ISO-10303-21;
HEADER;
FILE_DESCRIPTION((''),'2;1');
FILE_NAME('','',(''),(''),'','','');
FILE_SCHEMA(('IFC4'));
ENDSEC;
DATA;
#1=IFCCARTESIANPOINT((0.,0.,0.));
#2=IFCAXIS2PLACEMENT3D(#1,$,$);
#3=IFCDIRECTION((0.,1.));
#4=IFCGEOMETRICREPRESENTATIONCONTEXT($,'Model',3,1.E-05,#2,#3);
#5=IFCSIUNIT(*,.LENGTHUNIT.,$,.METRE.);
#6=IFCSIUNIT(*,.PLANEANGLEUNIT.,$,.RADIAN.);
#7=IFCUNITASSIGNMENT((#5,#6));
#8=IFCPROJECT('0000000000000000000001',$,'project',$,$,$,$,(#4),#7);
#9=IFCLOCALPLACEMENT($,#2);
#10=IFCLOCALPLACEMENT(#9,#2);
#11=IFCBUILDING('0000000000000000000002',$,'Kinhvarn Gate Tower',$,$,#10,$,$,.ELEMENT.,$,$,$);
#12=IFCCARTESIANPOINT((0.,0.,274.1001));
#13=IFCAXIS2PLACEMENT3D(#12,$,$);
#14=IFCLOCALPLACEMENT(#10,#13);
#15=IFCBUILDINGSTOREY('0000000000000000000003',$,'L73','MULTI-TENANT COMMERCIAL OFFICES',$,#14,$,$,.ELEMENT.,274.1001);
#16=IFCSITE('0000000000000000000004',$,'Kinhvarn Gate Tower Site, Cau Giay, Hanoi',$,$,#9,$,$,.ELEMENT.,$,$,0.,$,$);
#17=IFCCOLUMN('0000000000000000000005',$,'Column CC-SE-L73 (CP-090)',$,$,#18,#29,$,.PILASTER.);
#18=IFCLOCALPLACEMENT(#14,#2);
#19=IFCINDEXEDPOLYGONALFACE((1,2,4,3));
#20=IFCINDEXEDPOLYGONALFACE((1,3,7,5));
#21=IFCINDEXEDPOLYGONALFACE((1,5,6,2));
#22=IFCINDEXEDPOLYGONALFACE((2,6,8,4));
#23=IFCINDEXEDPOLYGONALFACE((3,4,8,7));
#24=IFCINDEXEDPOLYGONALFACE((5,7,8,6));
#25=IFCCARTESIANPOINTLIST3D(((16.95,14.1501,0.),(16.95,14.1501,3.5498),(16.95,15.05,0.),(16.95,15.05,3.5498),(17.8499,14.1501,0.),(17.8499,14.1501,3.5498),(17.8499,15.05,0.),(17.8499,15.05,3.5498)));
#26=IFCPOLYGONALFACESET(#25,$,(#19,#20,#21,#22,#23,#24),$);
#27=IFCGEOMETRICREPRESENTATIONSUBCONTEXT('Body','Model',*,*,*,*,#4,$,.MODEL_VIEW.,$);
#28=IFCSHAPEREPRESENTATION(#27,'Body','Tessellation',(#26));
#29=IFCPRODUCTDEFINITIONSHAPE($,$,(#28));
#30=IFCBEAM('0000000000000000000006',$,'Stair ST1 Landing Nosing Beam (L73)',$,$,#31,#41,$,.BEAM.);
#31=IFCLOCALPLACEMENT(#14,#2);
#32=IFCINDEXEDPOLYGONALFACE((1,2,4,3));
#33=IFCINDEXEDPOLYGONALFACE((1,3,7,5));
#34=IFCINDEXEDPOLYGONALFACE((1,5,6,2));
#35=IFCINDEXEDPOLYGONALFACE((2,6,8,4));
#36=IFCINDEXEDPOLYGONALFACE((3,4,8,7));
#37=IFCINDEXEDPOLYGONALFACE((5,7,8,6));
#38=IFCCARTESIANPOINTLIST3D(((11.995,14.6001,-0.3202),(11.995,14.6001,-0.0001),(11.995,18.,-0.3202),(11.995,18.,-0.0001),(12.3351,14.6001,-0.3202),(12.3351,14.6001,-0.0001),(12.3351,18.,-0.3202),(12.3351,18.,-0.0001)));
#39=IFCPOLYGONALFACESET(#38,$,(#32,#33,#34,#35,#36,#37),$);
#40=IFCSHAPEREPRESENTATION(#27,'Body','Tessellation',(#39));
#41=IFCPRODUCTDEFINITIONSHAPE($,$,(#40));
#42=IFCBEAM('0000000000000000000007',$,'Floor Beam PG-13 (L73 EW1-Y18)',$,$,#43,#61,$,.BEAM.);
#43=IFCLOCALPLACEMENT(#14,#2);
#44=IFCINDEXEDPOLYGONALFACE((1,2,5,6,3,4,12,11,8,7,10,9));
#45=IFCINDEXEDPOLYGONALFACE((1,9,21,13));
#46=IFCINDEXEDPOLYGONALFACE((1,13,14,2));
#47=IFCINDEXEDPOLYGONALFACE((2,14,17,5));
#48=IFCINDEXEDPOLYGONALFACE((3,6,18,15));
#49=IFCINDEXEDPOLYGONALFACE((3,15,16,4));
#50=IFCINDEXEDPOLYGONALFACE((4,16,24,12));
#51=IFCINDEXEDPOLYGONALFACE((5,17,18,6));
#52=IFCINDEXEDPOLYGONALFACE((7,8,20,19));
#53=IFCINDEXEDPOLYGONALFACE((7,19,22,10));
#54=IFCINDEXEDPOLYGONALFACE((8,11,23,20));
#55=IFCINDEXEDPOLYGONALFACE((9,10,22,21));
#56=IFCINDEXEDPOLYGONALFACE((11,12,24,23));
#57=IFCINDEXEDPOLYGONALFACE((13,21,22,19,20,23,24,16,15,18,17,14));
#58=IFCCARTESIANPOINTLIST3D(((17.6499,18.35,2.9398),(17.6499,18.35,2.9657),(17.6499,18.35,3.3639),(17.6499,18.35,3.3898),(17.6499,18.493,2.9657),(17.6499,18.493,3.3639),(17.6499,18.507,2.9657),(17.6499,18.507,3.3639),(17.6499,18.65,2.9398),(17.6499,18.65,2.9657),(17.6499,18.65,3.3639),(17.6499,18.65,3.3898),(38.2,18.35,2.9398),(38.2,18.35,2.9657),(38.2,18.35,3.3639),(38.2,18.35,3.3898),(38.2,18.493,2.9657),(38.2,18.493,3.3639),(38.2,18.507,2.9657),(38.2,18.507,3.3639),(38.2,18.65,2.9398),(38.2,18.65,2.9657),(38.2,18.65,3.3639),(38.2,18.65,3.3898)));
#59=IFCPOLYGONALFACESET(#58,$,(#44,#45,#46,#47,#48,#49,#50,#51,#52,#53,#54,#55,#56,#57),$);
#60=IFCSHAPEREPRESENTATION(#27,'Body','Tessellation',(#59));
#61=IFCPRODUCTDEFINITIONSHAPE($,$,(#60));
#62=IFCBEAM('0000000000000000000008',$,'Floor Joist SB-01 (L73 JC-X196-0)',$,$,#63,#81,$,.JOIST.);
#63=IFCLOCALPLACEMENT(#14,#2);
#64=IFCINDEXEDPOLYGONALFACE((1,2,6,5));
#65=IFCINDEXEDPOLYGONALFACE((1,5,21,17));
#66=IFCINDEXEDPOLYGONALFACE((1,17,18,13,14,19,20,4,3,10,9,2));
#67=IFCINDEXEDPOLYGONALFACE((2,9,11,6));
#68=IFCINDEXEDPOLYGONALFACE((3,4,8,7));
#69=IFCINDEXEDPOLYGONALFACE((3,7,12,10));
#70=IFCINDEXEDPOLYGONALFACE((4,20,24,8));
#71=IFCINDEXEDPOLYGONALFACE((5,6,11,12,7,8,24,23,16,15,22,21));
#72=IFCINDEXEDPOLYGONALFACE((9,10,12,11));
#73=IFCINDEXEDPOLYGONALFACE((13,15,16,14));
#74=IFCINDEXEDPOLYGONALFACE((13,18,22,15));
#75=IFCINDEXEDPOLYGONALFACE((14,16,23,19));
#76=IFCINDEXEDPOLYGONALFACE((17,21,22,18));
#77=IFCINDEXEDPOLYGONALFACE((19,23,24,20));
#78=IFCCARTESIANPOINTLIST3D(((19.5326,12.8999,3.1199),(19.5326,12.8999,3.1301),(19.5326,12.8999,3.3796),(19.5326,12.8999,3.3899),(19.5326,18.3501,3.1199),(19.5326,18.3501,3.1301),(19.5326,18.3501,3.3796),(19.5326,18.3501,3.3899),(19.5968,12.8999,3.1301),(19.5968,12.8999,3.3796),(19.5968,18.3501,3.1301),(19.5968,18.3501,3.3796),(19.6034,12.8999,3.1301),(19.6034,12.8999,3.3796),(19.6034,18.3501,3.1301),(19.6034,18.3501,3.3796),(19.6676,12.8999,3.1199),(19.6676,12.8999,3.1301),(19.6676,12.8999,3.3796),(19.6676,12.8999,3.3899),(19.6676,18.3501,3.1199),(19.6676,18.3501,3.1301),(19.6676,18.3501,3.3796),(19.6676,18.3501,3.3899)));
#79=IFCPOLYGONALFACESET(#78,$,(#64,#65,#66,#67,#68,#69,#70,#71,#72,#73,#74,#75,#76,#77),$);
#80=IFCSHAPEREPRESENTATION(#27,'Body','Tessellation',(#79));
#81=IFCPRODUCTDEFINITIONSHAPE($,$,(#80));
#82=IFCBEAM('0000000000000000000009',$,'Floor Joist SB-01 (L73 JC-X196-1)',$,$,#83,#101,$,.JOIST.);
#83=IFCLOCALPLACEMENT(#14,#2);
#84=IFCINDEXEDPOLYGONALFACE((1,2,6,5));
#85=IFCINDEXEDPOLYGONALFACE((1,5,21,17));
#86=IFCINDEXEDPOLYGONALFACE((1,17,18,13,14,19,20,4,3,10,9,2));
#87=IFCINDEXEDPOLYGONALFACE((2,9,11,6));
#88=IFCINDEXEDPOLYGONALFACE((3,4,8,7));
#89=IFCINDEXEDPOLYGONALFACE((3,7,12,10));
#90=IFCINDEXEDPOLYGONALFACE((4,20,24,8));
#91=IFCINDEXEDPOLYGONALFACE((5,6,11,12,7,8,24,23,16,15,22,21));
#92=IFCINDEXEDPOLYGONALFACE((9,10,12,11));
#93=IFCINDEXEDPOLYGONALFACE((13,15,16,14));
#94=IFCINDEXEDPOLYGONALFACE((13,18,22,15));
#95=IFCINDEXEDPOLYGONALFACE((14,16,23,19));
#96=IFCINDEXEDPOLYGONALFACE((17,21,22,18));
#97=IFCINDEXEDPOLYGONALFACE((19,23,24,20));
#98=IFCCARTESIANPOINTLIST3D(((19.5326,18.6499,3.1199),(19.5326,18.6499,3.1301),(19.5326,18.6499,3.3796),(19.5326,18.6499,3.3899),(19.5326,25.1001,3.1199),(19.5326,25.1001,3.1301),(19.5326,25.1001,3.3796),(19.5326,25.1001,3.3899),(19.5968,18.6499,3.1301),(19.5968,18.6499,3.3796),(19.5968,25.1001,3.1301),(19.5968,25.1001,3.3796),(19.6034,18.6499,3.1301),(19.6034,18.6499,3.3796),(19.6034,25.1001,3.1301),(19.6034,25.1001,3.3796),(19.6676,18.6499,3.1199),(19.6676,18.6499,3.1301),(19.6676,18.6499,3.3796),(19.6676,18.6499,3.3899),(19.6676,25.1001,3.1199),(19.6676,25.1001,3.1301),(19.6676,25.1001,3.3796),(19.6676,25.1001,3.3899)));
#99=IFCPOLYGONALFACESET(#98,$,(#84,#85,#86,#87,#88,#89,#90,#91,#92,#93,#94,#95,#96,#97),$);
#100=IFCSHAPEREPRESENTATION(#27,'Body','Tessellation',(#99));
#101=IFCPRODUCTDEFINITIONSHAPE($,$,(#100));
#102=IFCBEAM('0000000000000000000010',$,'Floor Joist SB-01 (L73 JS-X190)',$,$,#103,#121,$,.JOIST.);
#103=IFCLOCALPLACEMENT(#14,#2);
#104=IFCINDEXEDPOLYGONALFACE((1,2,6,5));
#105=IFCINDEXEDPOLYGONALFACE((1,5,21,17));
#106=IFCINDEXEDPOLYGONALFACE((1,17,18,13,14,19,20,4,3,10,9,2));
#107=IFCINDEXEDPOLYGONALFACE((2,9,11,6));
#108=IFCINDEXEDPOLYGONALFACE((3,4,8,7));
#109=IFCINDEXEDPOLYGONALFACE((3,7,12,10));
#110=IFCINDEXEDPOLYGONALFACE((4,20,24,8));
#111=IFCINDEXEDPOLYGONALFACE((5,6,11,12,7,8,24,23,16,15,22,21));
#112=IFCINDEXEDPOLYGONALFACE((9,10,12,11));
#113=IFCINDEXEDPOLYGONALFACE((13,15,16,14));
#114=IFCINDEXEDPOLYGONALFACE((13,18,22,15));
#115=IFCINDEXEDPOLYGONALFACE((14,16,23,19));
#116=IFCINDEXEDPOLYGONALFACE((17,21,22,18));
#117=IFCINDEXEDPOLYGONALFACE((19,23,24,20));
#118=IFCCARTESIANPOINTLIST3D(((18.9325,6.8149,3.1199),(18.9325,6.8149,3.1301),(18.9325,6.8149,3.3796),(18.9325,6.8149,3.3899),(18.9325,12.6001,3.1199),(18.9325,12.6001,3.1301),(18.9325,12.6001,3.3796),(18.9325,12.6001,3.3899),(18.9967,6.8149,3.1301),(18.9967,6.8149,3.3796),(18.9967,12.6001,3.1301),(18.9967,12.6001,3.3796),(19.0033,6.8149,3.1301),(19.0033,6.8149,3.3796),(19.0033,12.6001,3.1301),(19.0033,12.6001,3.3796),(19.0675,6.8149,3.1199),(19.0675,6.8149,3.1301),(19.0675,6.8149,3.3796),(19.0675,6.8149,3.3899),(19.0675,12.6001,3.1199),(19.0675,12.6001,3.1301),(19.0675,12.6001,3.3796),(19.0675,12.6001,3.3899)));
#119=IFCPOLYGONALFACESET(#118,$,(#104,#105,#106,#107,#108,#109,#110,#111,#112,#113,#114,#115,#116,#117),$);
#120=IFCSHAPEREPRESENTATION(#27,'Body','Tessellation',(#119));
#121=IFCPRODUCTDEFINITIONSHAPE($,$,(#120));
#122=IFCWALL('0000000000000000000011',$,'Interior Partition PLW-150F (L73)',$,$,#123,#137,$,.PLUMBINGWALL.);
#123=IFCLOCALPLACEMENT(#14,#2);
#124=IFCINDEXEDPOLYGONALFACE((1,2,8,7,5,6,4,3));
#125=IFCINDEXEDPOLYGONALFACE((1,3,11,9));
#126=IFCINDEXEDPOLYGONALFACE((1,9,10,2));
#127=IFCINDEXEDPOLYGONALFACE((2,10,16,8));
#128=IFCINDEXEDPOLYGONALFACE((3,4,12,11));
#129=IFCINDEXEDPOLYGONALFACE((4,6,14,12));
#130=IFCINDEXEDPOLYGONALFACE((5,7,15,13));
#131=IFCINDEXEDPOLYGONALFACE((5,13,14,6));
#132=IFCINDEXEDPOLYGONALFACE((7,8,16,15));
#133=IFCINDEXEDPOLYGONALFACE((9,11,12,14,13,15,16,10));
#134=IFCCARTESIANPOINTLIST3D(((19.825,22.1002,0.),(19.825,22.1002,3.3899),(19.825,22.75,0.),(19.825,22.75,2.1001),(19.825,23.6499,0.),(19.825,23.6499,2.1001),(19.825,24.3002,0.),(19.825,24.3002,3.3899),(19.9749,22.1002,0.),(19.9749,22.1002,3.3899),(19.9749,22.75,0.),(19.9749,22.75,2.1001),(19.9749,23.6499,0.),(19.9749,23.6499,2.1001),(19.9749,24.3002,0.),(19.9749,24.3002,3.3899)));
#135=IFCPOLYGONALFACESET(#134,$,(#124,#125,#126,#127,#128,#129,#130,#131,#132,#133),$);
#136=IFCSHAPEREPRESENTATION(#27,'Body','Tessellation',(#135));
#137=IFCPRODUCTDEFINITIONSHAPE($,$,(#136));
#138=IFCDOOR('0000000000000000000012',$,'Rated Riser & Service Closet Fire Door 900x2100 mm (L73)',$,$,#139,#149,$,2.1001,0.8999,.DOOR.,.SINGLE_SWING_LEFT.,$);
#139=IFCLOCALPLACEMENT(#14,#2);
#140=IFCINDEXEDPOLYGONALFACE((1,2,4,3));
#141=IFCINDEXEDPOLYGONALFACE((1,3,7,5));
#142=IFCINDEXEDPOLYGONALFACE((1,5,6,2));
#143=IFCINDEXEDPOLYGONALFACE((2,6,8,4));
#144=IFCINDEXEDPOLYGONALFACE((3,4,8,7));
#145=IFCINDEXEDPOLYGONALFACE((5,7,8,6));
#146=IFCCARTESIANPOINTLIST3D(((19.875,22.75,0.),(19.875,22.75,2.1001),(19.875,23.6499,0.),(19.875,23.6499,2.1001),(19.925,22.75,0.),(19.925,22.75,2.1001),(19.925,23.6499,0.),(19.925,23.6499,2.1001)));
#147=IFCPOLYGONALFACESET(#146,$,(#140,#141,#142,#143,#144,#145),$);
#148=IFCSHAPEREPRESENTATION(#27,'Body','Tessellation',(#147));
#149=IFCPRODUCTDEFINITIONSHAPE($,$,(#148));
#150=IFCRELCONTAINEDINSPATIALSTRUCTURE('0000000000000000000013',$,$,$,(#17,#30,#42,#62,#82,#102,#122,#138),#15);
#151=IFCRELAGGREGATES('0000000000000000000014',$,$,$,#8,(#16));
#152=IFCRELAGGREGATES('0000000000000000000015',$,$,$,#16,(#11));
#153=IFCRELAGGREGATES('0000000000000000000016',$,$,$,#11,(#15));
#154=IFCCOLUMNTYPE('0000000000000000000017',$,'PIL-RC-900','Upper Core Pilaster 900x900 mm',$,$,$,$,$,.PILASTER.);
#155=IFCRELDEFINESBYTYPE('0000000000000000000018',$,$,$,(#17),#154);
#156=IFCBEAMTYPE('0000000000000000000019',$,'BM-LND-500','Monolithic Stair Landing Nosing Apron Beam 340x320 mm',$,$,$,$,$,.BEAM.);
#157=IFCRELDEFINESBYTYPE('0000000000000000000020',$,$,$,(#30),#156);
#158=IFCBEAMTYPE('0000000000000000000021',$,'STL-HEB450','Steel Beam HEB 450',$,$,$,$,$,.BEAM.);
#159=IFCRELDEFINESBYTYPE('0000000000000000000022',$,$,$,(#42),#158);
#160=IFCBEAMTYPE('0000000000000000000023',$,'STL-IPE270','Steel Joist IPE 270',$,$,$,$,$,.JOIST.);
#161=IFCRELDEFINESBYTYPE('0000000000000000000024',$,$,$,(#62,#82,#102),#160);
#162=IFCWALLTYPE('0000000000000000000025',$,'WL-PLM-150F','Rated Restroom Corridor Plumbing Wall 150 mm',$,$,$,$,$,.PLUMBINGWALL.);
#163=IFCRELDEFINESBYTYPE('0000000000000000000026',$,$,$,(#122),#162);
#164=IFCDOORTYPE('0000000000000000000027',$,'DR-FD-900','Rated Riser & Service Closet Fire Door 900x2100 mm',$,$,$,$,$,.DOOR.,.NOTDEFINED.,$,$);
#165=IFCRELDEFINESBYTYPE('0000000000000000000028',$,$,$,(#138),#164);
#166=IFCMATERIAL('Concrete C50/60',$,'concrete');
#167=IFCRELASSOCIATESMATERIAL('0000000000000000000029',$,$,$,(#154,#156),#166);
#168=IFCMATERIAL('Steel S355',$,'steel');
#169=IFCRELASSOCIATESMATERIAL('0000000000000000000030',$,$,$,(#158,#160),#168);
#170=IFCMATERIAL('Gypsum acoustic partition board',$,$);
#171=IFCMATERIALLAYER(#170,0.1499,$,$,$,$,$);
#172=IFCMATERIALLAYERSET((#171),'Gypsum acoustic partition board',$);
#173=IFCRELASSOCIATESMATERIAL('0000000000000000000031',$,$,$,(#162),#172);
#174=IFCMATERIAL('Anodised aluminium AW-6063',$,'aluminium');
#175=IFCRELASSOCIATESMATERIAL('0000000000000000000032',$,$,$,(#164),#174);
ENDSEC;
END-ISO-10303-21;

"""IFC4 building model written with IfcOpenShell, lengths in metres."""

from ifc_helpers import new_model, si_unit, direction, frame, frame_2d, origin, origin_2d, place, context, subcontext, project, spatial, rectangle, i_section, extrude, material, layer, layer_set, material_profile, profile_set, type_object, element, fill, save


model = new_model("IFC4")

# Units and contexts
model_context = context("Model", 3, precision=1e-05, world=origin(), true_north=direction((0.0, 1.0)))
body_context = subcontext(model_context, "Body", "Model", "MODEL_VIEW")
ifc_project = project(units=[si_unit("LENGTHUNIT", "METRE"), si_unit("PLANEANGLEUNIT", "RADIAN")], contexts=[model_context])

# Site, building, storey
site_placement = place(None, origin())
site = spatial("IfcSite", under=ifc_project, at=site_placement, Name="Kinhvarn Gate Tower Site, Cau Giay, Hanoi", CompositionType="ELEMENT", RefElevation=0.0)
building_placement = place(site_placement, origin())
building = spatial("IfcBuilding", under=site, at=building_placement, Name="Kinhvarn Gate Tower", CompositionType="ELEMENT")
storey_placement = place(building_placement, frame((0.0, 0.0, 274.1001)))
storey = spatial("IfcBuildingStorey", under=building, at=storey_placement, Name="L73", Description="MULTI-TENANT COMMERCIAL OFFICES", CompositionType="ELEMENT", Elevation=274.1001)

# Column
ifc_material_1 = material(Name="Concrete C50/60", Category="concrete")
ifc_material_profile_1 = material_profile(ifc_material_1, rectangle(XDim=0.8999, YDim=0.8999, at=origin_2d()), Name="RC 900x900")
ifc_profile_set_1 = profile_set([ifc_material_profile_1], Name="Concrete C50/60")
column_type = type_object("IfcColumnType", Name="PIL-RC-900", Description="Upper Core Pilaster 900x900 mm", PredefinedType="PILASTER", material=ifc_profile_set_1)
column_placement = place(storey_placement, frame((17.3999, 14.6001, 0.0), z_axis=(0.0, 0.0, 1.0), x_axis=(1.0, 0.0, 0.0)))
element("IfcColumn", 1, at=column_placement, inside=storey, type_object=column_type, Name="Column CC-SE-L73 (CP-090)", PredefinedType="PILASTER", context=body_context, shape_type="SweptSolid", body=[
    extrude(rectangle(XDim=0.8999, YDim=0.8999, at=origin_2d()), origin(), (0.0, 0.0, 1.0), 3.5498),
])

# Beams
ifc_material_profile_2 = material_profile(ifc_material_1, rectangle(XDim=0.3401, YDim=0.3201, at=origin_2d()), Name="RC 340x320")
ifc_profile_set_2 = profile_set([ifc_material_profile_2], Name="Concrete C50/60")
beam_type_1 = type_object("IfcBeamType", Name="BM-LND-500", Description="Monolithic Stair Landing Nosing Apron Beam 340x320 mm", PredefinedType="BEAM", material=ifc_profile_set_2)
beam_1_placement = place(storey_placement, frame((12.165, 14.6001, -0.1602), z_axis=(0.0, 1.0, 0.0), x_axis=(-1.0, 0.0, 0.0)))
element("IfcBeam", 2, at=beam_1_placement, inside=storey, type_object=beam_type_1, Name="Stair ST1 Landing Nosing Beam (L73)", PredefinedType="BEAM", context=body_context, shape_type="SweptSolid", body=[
    extrude(rectangle(XDim=0.3401, YDim=0.3201, at=origin_2d()), origin(), (0.0, 0.0, 1.0), 3.3999),
])
ifc_material_2 = material(Name="Steel S355", Category="steel")
ifc_material_profile_3 = material_profile(ifc_material_2, i_section(OverallWidth=0.3, OverallDepth=0.45, WebThickness=0.0139, FlangeThickness=0.0259, at=origin_2d()), Name="HEB 450")
ifc_profile_set_3 = profile_set([ifc_material_profile_3], Name="Steel S355")
beam_type_2 = type_object("IfcBeamType", Name="STL-HEB450", Description="Steel Beam HEB 450", PredefinedType="BEAM", material=ifc_profile_set_3)
beam_2_placement = place(storey_placement, frame((17.6499, 18.5, 3.1648), z_axis=(1.0, 0.0, 0.0), x_axis=(0.0, 1.0, 0.0)))
element("IfcBeam", 3, at=beam_2_placement, inside=storey, type_object=beam_type_2, Name="Floor Beam PG-13 (L73 EW1-Y18)", PredefinedType="BEAM", context=body_context, shape_type="SweptSolid", body=[
    extrude(i_section(OverallWidth=0.3, OverallDepth=0.45, WebThickness=0.0139, FlangeThickness=0.0259, at=origin_2d()), origin(), (0.0, 0.0, 1.0), 20.55),
])
ifc_material_profile_4 = material_profile(ifc_material_2, i_section(OverallWidth=0.135, OverallDepth=0.27, WebThickness=0.0066, FlangeThickness=0.0103, at=origin_2d()), Name="IPE 270")
ifc_profile_set_4 = profile_set([ifc_material_profile_4], Name="Steel S355")
beam_type_3 = type_object("IfcBeamType", Name="STL-IPE270", Description="Steel Joist IPE 270", PredefinedType="JOIST", material=ifc_profile_set_4)
beam_3_placement = place(storey_placement, frame((19.6001, 12.8999, 3.2549), z_axis=(0.0, 1.0, 0.0), x_axis=(-1.0, 0.0, 0.0)))
element("IfcBeam", 4, at=beam_3_placement, inside=storey, type_object=beam_type_3, Name="Floor Joist SB-01 (L73 JC-X196-0)", PredefinedType="JOIST", context=body_context, shape_type="SweptSolid", body=[
    extrude(i_section(OverallWidth=0.135, OverallDepth=0.27, WebThickness=0.0066, FlangeThickness=0.0103, at=origin_2d()), origin(), (0.0, 0.0, 1.0), 5.4502),
])
beam_4_placement = place(storey_placement, frame((19.6001, 18.6499, 3.2549), z_axis=(0.0, 1.0, 0.0), x_axis=(-1.0, 0.0, 0.0)))
element("IfcBeam", 5, at=beam_4_placement, inside=storey, type_object=beam_type_3, Name="Floor Joist SB-01 (L73 JC-X196-1)", PredefinedType="JOIST", context=body_context, shape_type="SweptSolid", body=[
    extrude(i_section(OverallWidth=0.135, OverallDepth=0.27, WebThickness=0.0066, FlangeThickness=0.0103, at=origin_2d()), origin(), (0.0, 0.0, 1.0), 6.4502),
])
beam_5_placement = place(storey_placement, frame((19.0, 6.8149, 3.2549), z_axis=(0.0, 1.0, 0.0), x_axis=(-1.0, 0.0, 0.0)))
element("IfcBeam", 6, at=beam_5_placement, inside=storey, type_object=beam_type_3, Name="Floor Joist SB-01 (L73 JS-X190)", PredefinedType="JOIST", context=body_context, shape_type="SweptSolid", body=[
    extrude(i_section(OverallWidth=0.135, OverallDepth=0.27, WebThickness=0.0066, FlangeThickness=0.0103, at=origin_2d()), origin(), (0.0, 0.0, 1.0), 5.7852),
])

# Wall, opening, door
ifc_material_3 = material(Name="Anodised aluminium AW-6063", Category="aluminium")
ifc_material_4 = material(Name="Gypsum acoustic partition board")
ifc_layer_1 = layer(ifc_material_4, 0.1499)
ifc_layer_set_1 = layer_set([ifc_layer_1], Name="Gypsum acoustic partition board")
wall_type_1 = type_object("IfcWallType", Name="WL-PLM-150F", Description="Rated Restroom Corridor Plumbing Wall 150 mm", PredefinedType="PLUMBINGWALL", material=ifc_layer_set_1)
wall_1_placement = place(storey_placement, frame((19.8999, 22.1001, 0.0), z_axis=(0.0, 0.0, 1.0), x_axis=(0.0, 1.0, 0.0)))
wall_1 = element("IfcWall", 7, at=wall_1_placement, inside=storey, type_object=wall_type_1, Name="Interior Partition PLW-150F (L73)", PredefinedType="PLUMBINGWALL", context=body_context, shape_type="SweptSolid", body=[
    extrude(rectangle(XDim=2.2, YDim=0.1499, at=frame_2d((1.1001, 0.0))), origin(), (0.0, 0.0, 1.0), 3.3899),
])
opening_1_placement = place(wall_1_placement, frame((0.6499, 0.0, 0.0)))
opening_1 = element("IfcOpeningElement", 8, at=opening_1_placement, cuts=wall_1, PredefinedType="OPENING", context=body_context, shape_type="SweptSolid", body=[
    extrude(rectangle(XDim=0.8999, YDim=2.1001, at=frame_2d((0.45, 1.05))), frame((0.0, 0.085, 0.0), z_axis=(0.0, -1.0, 0.0), x_axis=(1.0, 0.0, 0.0)), (0.0, 0.0, 1.0), 0.1699),
])
door_type_1 = type_object("IfcDoorType", Name="DR-FD-900", Description="Rated Riser & Service Closet Fire Door 900x2100 mm", OperationType="NOTDEFINED", PredefinedType="DOOR", material=ifc_material_3)
door_1_placement = place(opening_1_placement, origin())
door_1 = element("IfcDoor", 9, at=door_1_placement, inside=storey, type_object=door_type_1, Name="Rated Riser & Service Closet Fire Door 900x2100 mm (L73)", OperationType="SINGLE_SWING_LEFT", OverallHeight=2.1001, OverallWidth=0.8999, PredefinedType="DOOR", context=body_context, shape_type="SweptSolid", body=[
    extrude(rectangle(XDim=0.8999, YDim=2.1001, at=frame_2d((0.45, 1.05))), frame((0.0, 0.0249, 0.0), z_axis=(0.0, -1.0, 0.0), x_axis=(1.0, 0.0, 0.0)), (0.0, 0.0, 1.0), 0.05),
])
fill(opening_1, door_1)

save(model, "model.ifc")
